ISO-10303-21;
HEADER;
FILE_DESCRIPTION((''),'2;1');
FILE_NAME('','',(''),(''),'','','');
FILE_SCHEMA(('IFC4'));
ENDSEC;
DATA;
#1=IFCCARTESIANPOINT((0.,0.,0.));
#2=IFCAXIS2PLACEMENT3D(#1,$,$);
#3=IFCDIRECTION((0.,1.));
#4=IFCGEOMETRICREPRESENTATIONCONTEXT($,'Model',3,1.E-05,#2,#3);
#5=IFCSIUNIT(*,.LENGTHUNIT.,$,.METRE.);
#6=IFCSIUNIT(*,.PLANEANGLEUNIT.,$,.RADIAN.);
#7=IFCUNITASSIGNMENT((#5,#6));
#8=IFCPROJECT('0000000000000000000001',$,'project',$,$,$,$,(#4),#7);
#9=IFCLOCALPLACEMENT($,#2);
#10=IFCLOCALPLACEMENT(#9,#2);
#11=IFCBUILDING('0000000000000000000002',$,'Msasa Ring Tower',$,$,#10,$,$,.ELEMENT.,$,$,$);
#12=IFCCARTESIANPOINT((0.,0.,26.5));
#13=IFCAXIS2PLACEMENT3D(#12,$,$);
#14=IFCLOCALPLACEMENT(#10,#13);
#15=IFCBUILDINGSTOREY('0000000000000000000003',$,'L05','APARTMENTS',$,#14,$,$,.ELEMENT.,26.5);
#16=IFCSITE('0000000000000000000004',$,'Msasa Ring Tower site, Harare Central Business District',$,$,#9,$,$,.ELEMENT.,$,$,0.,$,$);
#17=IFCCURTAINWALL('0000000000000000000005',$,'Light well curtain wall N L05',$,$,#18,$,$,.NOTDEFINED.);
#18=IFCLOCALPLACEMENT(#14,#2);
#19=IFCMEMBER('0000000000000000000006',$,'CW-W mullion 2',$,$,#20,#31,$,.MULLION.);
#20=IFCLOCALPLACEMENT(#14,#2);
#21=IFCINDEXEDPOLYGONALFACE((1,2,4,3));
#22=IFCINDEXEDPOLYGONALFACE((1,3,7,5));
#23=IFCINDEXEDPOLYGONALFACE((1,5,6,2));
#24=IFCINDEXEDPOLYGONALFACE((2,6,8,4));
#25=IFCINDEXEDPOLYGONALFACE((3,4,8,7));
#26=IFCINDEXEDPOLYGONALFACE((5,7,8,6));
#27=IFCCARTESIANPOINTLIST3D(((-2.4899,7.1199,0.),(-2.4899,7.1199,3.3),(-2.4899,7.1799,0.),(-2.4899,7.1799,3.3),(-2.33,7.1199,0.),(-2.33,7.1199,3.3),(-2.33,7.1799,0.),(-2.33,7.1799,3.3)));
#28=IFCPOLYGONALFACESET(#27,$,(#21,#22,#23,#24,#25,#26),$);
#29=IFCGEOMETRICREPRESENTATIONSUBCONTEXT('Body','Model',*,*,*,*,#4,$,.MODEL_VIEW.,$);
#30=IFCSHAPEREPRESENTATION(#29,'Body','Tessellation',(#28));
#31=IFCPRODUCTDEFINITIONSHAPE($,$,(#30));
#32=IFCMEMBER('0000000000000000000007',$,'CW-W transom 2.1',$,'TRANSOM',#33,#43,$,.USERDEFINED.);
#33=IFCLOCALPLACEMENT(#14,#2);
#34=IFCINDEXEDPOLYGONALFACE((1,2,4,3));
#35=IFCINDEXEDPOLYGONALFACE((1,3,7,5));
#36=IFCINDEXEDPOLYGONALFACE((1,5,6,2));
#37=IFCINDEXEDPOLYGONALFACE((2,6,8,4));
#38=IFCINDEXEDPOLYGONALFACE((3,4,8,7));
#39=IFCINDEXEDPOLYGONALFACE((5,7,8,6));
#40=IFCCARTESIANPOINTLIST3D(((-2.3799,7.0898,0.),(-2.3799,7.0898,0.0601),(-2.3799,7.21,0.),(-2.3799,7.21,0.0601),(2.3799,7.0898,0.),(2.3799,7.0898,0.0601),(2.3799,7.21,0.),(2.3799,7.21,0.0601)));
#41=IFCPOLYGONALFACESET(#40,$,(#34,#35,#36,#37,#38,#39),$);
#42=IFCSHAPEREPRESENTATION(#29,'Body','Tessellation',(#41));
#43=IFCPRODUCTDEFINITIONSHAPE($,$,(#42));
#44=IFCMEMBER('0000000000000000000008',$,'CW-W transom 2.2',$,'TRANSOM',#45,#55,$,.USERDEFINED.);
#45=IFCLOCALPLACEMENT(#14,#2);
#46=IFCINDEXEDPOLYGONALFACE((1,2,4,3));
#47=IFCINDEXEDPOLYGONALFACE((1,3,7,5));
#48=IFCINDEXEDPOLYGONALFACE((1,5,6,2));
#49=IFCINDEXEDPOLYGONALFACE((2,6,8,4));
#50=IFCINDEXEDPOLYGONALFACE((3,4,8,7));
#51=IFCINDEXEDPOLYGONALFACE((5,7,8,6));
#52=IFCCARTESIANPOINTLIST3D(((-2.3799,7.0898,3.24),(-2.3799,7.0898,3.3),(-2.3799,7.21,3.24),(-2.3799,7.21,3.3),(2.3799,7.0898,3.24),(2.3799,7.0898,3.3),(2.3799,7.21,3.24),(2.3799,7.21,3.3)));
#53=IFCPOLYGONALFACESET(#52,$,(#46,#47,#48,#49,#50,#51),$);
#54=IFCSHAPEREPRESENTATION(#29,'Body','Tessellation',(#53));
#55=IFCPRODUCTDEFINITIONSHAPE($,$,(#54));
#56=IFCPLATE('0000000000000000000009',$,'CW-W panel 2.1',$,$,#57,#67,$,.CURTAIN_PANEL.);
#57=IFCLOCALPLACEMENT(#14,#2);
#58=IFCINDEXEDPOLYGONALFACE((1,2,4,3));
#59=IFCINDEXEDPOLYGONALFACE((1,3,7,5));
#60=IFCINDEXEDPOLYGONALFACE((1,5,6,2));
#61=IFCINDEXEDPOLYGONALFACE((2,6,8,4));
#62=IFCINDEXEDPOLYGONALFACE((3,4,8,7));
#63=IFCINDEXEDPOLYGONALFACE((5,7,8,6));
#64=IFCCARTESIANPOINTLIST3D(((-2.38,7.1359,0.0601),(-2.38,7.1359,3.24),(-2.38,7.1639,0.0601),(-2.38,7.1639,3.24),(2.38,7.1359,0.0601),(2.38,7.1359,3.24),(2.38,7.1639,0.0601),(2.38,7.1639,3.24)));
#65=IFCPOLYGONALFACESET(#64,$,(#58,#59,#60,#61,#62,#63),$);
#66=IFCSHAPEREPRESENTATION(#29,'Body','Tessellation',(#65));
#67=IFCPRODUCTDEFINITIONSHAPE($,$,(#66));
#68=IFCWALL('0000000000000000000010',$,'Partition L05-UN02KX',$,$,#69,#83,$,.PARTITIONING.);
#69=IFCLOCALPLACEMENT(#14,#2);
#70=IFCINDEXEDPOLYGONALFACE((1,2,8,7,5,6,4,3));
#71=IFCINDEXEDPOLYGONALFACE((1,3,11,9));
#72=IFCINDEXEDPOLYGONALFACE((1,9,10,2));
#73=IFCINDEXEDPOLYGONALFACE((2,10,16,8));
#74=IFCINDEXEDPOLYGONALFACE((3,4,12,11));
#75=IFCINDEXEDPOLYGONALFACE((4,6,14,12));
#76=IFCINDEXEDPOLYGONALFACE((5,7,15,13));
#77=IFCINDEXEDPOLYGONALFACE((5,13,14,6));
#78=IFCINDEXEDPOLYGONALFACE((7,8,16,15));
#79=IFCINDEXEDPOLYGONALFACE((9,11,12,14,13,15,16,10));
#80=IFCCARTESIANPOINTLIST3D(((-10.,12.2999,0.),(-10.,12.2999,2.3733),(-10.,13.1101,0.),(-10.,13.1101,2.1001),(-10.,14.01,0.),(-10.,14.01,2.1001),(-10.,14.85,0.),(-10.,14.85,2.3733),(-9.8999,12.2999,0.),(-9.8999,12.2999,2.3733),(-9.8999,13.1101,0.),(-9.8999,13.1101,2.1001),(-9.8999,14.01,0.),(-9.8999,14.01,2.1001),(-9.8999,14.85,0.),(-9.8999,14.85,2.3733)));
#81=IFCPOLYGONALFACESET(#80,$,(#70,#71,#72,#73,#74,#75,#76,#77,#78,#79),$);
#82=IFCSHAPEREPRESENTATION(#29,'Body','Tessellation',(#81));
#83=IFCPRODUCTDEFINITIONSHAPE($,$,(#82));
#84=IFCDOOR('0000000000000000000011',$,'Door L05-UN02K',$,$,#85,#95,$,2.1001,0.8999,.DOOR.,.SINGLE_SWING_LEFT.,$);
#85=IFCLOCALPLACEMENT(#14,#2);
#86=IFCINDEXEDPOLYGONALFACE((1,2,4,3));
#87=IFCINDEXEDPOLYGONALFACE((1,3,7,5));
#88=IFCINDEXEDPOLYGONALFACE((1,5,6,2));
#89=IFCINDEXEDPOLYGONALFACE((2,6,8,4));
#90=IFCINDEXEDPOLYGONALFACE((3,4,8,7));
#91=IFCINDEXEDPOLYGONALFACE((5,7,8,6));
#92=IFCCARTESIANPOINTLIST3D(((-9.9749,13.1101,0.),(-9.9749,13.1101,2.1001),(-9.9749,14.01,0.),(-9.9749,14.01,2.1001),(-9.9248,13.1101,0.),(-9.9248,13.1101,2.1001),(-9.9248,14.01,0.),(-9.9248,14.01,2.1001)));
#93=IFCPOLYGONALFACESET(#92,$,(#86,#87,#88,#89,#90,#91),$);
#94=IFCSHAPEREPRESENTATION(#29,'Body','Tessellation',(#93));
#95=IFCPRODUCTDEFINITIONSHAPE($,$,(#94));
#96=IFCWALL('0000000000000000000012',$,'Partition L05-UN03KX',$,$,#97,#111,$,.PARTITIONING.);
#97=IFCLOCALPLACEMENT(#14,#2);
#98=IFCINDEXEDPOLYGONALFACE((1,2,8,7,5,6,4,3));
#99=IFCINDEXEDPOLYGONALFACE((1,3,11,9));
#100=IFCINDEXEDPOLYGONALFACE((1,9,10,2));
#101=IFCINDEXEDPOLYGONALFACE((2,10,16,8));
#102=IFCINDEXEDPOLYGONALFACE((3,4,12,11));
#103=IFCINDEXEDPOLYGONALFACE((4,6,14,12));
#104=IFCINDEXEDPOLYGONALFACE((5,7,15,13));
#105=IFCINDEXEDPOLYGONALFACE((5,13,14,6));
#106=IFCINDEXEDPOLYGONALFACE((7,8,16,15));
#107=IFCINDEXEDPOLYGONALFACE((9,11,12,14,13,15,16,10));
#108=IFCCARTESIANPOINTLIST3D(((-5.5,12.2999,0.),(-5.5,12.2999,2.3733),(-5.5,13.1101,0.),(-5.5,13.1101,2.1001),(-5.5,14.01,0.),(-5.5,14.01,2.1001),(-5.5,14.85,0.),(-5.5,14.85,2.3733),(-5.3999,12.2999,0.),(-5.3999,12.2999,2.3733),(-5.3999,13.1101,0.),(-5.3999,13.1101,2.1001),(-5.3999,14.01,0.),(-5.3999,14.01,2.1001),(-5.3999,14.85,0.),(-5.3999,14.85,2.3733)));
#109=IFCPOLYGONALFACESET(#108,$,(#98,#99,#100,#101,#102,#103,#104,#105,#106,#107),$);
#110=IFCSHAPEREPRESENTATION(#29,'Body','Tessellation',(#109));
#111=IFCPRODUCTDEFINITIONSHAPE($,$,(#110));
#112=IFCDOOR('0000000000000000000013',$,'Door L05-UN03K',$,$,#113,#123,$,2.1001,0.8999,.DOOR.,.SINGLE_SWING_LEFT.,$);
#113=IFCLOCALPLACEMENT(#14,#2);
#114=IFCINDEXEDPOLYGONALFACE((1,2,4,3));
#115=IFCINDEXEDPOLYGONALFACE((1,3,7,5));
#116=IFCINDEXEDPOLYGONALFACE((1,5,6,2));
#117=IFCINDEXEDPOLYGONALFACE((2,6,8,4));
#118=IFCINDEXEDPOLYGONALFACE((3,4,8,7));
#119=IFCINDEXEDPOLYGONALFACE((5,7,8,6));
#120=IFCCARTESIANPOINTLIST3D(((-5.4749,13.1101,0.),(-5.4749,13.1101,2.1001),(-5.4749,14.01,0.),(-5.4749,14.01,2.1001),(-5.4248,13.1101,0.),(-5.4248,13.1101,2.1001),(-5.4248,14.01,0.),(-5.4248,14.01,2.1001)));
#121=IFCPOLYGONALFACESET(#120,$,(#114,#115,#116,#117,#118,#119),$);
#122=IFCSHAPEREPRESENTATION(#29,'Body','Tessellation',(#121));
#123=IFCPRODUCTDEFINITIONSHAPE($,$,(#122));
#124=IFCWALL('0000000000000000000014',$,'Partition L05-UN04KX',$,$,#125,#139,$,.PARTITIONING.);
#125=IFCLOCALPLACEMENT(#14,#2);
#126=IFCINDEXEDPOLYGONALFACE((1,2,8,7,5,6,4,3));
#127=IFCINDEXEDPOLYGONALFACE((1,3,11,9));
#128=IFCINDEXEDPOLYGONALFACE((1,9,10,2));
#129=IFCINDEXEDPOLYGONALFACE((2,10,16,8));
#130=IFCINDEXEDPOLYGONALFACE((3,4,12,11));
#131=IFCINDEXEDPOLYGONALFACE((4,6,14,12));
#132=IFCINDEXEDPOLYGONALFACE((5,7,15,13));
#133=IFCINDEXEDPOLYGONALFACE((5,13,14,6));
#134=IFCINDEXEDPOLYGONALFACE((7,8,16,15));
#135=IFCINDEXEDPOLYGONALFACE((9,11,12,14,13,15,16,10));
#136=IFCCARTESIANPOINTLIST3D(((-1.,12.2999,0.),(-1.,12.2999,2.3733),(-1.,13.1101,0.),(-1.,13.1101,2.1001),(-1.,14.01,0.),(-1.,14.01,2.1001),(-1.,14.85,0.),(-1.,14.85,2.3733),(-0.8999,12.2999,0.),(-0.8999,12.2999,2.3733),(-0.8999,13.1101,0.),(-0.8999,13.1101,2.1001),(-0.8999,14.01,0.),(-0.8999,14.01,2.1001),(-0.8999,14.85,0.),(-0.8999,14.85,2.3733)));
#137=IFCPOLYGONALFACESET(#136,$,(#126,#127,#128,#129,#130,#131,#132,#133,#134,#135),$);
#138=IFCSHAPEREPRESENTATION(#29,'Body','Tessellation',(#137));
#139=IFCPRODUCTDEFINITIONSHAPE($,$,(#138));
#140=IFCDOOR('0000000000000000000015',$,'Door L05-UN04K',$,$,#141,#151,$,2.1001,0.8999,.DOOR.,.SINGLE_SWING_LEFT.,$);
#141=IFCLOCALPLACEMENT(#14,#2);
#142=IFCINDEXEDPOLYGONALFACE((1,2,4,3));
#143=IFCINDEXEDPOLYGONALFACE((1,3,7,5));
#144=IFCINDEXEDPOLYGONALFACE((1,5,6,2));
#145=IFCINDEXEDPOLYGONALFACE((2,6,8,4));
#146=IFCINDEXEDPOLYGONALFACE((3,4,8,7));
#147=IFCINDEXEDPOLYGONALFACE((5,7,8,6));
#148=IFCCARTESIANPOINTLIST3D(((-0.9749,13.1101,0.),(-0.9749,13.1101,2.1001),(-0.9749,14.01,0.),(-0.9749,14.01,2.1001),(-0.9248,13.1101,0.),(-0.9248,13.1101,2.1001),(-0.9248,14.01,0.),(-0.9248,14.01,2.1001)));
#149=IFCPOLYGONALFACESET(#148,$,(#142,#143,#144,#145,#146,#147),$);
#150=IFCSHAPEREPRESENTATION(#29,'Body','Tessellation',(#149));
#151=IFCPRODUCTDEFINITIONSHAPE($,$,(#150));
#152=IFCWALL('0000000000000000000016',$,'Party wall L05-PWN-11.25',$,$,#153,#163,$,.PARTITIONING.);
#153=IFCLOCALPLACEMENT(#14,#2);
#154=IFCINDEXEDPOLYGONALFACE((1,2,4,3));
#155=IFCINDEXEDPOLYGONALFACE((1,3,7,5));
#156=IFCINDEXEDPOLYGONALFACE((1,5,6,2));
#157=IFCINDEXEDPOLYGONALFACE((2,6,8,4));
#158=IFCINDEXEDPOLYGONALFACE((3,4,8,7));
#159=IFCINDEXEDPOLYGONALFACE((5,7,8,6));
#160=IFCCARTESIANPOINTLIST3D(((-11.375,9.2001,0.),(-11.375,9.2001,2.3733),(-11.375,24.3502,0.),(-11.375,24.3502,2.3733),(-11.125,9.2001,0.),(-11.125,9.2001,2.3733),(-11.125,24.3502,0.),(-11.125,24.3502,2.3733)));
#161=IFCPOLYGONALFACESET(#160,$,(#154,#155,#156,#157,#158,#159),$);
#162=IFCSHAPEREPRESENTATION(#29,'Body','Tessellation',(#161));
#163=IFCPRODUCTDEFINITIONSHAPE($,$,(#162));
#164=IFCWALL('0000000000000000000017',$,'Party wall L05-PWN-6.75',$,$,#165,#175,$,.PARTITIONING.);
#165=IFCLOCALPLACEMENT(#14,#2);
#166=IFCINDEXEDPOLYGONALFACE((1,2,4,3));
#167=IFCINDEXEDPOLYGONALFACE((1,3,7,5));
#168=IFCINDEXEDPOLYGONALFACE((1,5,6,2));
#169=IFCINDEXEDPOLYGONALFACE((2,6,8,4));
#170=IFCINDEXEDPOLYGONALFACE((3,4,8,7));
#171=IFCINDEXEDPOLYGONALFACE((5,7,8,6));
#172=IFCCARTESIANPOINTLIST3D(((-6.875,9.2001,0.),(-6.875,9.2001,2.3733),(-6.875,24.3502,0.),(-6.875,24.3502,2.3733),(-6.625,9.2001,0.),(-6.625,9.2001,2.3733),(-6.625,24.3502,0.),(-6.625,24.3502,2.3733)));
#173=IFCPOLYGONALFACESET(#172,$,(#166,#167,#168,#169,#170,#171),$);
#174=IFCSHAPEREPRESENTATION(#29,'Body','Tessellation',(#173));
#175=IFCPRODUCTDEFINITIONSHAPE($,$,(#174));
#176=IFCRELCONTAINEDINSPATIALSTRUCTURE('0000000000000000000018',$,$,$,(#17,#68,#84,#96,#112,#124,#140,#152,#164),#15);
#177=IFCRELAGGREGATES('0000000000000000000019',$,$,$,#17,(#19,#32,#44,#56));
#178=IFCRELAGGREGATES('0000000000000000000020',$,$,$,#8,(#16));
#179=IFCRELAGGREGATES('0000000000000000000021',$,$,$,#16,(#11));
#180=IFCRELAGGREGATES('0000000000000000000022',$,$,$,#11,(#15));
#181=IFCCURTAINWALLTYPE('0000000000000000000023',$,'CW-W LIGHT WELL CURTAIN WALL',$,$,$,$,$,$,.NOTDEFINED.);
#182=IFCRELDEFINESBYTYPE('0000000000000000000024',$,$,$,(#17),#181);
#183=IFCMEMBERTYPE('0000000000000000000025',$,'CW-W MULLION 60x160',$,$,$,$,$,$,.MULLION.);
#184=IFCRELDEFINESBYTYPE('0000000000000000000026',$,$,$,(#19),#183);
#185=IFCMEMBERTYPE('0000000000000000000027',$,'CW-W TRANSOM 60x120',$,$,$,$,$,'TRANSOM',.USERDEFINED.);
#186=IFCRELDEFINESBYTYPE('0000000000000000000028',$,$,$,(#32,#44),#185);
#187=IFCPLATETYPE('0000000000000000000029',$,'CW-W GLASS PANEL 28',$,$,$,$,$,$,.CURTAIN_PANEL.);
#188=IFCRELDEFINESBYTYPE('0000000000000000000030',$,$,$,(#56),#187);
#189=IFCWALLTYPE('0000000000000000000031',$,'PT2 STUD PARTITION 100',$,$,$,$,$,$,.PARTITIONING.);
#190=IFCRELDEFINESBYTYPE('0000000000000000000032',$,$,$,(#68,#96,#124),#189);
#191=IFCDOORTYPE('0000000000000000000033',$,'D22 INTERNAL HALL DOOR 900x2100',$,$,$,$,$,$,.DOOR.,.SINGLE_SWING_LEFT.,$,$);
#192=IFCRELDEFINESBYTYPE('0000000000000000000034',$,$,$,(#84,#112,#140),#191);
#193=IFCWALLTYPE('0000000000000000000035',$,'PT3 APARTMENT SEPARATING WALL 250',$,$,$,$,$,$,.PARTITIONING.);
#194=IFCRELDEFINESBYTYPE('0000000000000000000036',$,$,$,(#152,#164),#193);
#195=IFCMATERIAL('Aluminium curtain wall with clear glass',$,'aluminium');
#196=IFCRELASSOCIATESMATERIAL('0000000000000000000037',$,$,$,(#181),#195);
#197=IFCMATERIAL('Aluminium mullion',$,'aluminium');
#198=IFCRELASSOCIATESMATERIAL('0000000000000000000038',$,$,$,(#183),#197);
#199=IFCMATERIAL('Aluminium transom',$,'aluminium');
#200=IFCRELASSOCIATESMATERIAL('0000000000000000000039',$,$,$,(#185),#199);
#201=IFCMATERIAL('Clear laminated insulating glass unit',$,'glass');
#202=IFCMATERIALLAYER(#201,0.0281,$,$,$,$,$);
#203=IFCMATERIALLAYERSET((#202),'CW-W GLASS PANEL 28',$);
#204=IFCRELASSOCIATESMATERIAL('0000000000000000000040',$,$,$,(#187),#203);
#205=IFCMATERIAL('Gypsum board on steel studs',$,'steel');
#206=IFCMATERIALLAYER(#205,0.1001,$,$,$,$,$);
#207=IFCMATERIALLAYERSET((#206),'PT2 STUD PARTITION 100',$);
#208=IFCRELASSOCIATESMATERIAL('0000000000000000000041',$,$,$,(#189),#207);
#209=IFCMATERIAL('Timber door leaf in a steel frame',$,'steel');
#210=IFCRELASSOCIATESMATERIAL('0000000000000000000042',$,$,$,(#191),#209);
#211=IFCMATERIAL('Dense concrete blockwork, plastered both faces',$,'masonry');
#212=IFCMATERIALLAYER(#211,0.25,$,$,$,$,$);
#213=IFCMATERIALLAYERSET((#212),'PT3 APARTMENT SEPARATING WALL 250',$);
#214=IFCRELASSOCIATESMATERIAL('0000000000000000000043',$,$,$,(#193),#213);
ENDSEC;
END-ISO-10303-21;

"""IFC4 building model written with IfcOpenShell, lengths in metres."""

from ifc_helpers import new_model, si_unit, direction, frame, frame_2d, origin, origin_2d, place, context, subcontext, project, spatial, rectangle, extrude, material, layer, layer_set, material_profile, profile_set, type_object, element, fill, aggregate, save


model = new_model("IFC4")

# Units and contexts
model_context = context("Model", 3, precision=1e-05, world=origin(), true_north=direction((0.0, 1.0)))
body_context = subcontext(model_context, "Body", "Model", "MODEL_VIEW")
ifc_project = project(units=[si_unit("LENGTHUNIT", "METRE"), si_unit("PLANEANGLEUNIT", "RADIAN")], contexts=[model_context])

# Site, building, storey
site_placement = place(None, origin())
site = spatial("IfcSite", under=ifc_project, at=site_placement, Name="Msasa Ring Tower site, Harare Central Business District", CompositionType="ELEMENT", RefElevation=0.0)
building_placement = place(site_placement, origin())
building = spatial("IfcBuilding", under=site, at=building_placement, Name="Msasa Ring Tower", CompositionType="ELEMENT")
storey_placement = place(building_placement, frame((0.0, 0.0, 26.5)))
storey = spatial("IfcBuildingStorey", under=building, at=storey_placement, Name="L05", Description="APARTMENTS", CompositionType="ELEMENT", Elevation=26.5)

# Curtain wall, members, plate
ifc_material_1 = material(Name="Aluminium curtain wall with clear glass", Category="aluminium")
curtain_wall_type = type_object("IfcCurtainWallType", Name="CW-W LIGHT WELL CURTAIN WALL", PredefinedType="NOTDEFINED", material=ifc_material_1)
curtain_wall_placement = place(storey_placement, origin())
curtain_wall = element("IfcCurtainWall", 1, at=curtain_wall_placement, inside=storey, type_object=curtain_wall_type, Name="Light well curtain wall N L05", PredefinedType="NOTDEFINED")
ifc_material_2 = material(Name="Aluminium mullion", Category="aluminium")
ifc_material_profile_1 = material_profile(ifc_material_2, rectangle(XDim=0.0601, YDim=0.1599, at=origin_2d()), Name="AL 60x160")
ifc_profile_set_1 = profile_set([ifc_material_profile_1], Name="Aluminium mullion")
member_type_1 = type_object("IfcMemberType", Name="CW-W MULLION 60x160", PredefinedType="MULLION", material=ifc_profile_set_1)
member_1_placement = place(storey_placement, frame((-2.4099, 7.1499, 0.0), z_axis=(0.0, 0.0, 1.0), x_axis=(0.0, 1.0, 0.0)))
member_1 = element("IfcMember", 2, at=member_1_placement, type_object=member_type_1, Name="CW-W mullion 2", PredefinedType="MULLION", context=body_context, shape_type="SweptSolid", body=[
    extrude(rectangle(XDim=0.0601, YDim=0.1599, at=origin_2d()), origin(), (0.0, 0.0, 1.0), 3.3),
])
ifc_material_3 = material(Name="Aluminium transom", Category="aluminium")
ifc_material_profile_2 = material_profile(ifc_material_3, rectangle(XDim=0.1201, YDim=0.0601, at=origin_2d()), Name="AL 60x120")
ifc_profile_set_2 = profile_set([ifc_material_profile_2], Name="Aluminium transom")
member_type_2 = type_object("IfcMemberType", Name="CW-W TRANSOM 60x120", ElementType="TRANSOM", PredefinedType="USERDEFINED", material=ifc_profile_set_2)
member_2_placement = place(storey_placement, frame((-2.3799, 7.1499, 0.03), z_axis=(1.0, 0.0, 0.0), x_axis=(0.0, 1.0, 0.0)))
member_2 = element("IfcMember", 3, at=member_2_placement, type_object=member_type_2, Name="CW-W transom 2.1", ObjectType="TRANSOM", PredefinedType="USERDEFINED", context=body_context, shape_type="SweptSolid", body=[
    extrude(rectangle(XDim=0.1201, YDim=0.0601, at=origin_2d()), origin(), (0.0, 0.0, 1.0), 4.7598),
])
member_3_placement = place(storey_placement, frame((-2.3799, 7.1499, 3.27), z_axis=(1.0, 0.0, 0.0), x_axis=(0.0, 1.0, 0.0)))
member_3 = element("IfcMember", 4, at=member_3_placement, type_object=member_type_2, Name="CW-W transom 2.2", ObjectType="TRANSOM", PredefinedType="USERDEFINED", context=body_context, shape_type="SweptSolid", body=[
    extrude(rectangle(XDim=0.1201, YDim=0.0601, at=origin_2d()), origin(), (0.0, 0.0, 1.0), 4.7598),
])
ifc_material_4 = material(Name="Clear laminated insulating glass unit", Category="glass")
ifc_layer_1 = layer(ifc_material_4, 0.0281)
ifc_layer_set_1 = layer_set([ifc_layer_1], Name="CW-W GLASS PANEL 28")
plate_type = type_object("IfcPlateType", Name="CW-W GLASS PANEL 28", PredefinedType="CURTAIN_PANEL", material=ifc_layer_set_1)
plate_placement = place(storey_placement, frame((0.0, 7.1499, 0.0601), z_axis=(0.0, 0.0, 1.0), x_axis=(1.0, 0.0, 0.0)))
plate = element("IfcPlate", 5, at=plate_placement, type_object=plate_type, Name="CW-W panel 2.1", PredefinedType="CURTAIN_PANEL", context=body_context, shape_type="SweptSolid", body=[
    extrude(rectangle(XDim=4.76, YDim=0.0281, at=origin_2d()), origin(), (0.0, 0.0, 1.0), 3.1799),
])
aggregate(curtain_wall, [member_1, member_2, member_3, plate])

# Walls, openings, doors
ifc_material_5 = material(Name="Gypsum board on steel studs", Category="steel")
ifc_layer_2 = layer(ifc_material_5, 0.1001)
ifc_layer_set_2 = layer_set([ifc_layer_2], Name="PT2 STUD PARTITION 100")
wall_type_1 = type_object("IfcWallType", Name="PT2 STUD PARTITION 100", PredefinedType="PARTITIONING", material=ifc_layer_set_2)
wall_1_placement = place(storey_placement, frame((-9.95, 12.3, 0.0), z_axis=(0.0, 0.0, 1.0), x_axis=(0.0, 1.0, 0.0)))
wall_1 = element("IfcWall", 6, at=wall_1_placement, inside=storey, type_object=wall_type_1, Name="Partition L05-UN02KX", PredefinedType="PARTITIONING", context=body_context, shape_type="SweptSolid", body=[
    extrude(rectangle(XDim=2.55, YDim=0.1001, at=frame_2d((1.2749, 0.0))), origin(), (0.0, 0.0, 1.0), 2.3733),
])
opening_1_placement = place(wall_1_placement, frame((0.8101, 0.0, 0.0)))
opening_1 = element("IfcOpeningElement", 7, at=opening_1_placement, cuts=wall_1, PredefinedType="OPENING", context=body_context, shape_type="SweptSolid", body=[
    extrude(rectangle(XDim=0.8999, YDim=2.1001, at=frame_2d((0.45, 1.05))), frame((0.0, 0.0601, 0.0), z_axis=(0.0, -1.0, 0.0), x_axis=(1.0, 0.0, 0.0)), (0.0, 0.0, 1.0), 0.1201),
])
ifc_material_6 = material(Name="Timber door leaf in a steel frame", Category="steel")
door_type_1 = type_object("IfcDoorType", Name="D22 INTERNAL HALL DOOR 900x2100", OperationType="SINGLE_SWING_LEFT", PredefinedType="DOOR", material=ifc_material_6)
door_1_placement = place(opening_1_placement, origin())
door_1 = element("IfcDoor", 8, at=door_1_placement, inside=storey, type_object=door_type_1, Name="Door L05-UN02K", OperationType="SINGLE_SWING_LEFT", OverallHeight=2.1001, OverallWidth=0.8999, PredefinedType="DOOR", context=body_context, shape_type="SweptSolid", body=[
    extrude(rectangle(XDim=0.8999, YDim=2.1001, at=frame_2d((0.45, 1.05))), frame((0.0, 0.0249, 0.0), z_axis=(0.0, -1.0, 0.0), x_axis=(1.0, 0.0, 0.0)), (0.0, 0.0, 1.0), 0.05),
])
fill(opening_1, door_1)
wall_2_placement = place(storey_placement, frame((-5.45, 12.3, 0.0), z_axis=(0.0, 0.0, 1.0), x_axis=(0.0, 1.0, 0.0)))
wall_2 = element("IfcWall", 9, at=wall_2_placement, inside=storey, type_object=wall_type_1, Name="Partition L05-UN03KX", PredefinedType="PARTITIONING", context=body_context, shape_type="SweptSolid", body=[
    extrude(rectangle(XDim=2.55, YDim=0.1001, at=frame_2d((1.2749, 0.0))), origin(), (0.0, 0.0, 1.0), 2.3733),
])
opening_2_placement = place(wall_2_placement, frame((0.8101, 0.0, 0.0)))
opening_2 = element("IfcOpeningElement", 10, at=opening_2_placement, cuts=wall_2, PredefinedType="OPENING", context=body_context, shape_type="SweptSolid", body=[
    extrude(rectangle(XDim=0.8999, YDim=2.1001, at=frame_2d((0.45, 1.05))), frame((0.0, 0.0601, 0.0), z_axis=(0.0, -1.0, 0.0), x_axis=(1.0, 0.0, 0.0)), (0.0, 0.0, 1.0), 0.1201),
])
door_2_placement = place(opening_2_placement, origin())
door_2 = element("IfcDoor", 11, at=door_2_placement, inside=storey, type_object=door_type_1, Name="Door L05-UN03K", OperationType="SINGLE_SWING_LEFT", OverallHeight=2.1001, OverallWidth=0.8999, PredefinedType="DOOR", context=body_context, shape_type="SweptSolid", body=[
    extrude(rectangle(XDim=0.8999, YDim=2.1001, at=frame_2d((0.45, 1.05))), frame((0.0, 0.0249, 0.0), z_axis=(0.0, -1.0, 0.0), x_axis=(1.0, 0.0, 0.0)), (0.0, 0.0, 1.0), 0.05),
])
fill(opening_2, door_2)
wall_3_placement = place(storey_placement, frame((-0.95, 12.3, 0.0), z_axis=(0.0, 0.0, 1.0), x_axis=(0.0, 1.0, 0.0)))
wall_3 = element("IfcWall", 12, at=wall_3_placement, inside=storey, type_object=wall_type_1, Name="Partition L05-UN04KX", PredefinedType="PARTITIONING", context=body_context, shape_type="SweptSolid", body=[
    extrude(rectangle(XDim=2.55, YDim=0.1001, at=frame_2d((1.2749, 0.0))), origin(), (0.0, 0.0, 1.0), 2.3733),
])
opening_3_placement = place(wall_3_placement, frame((0.8101, 0.0, 0.0)))
opening_3 = element("IfcOpeningElement", 13, at=opening_3_placement, cuts=wall_3, PredefinedType="OPENING", context=body_context, shape_type="SweptSolid", body=[
    extrude(rectangle(XDim=0.8999, YDim=2.1001, at=frame_2d((0.45, 1.05))), frame((0.0, 0.0601, 0.0), z_axis=(0.0, -1.0, 0.0), x_axis=(1.0, 0.0, 0.0)), (0.0, 0.0, 1.0), 0.1201),
])
door_3_placement = place(opening_3_placement, origin())
door_3 = element("IfcDoor", 14, at=door_3_placement, inside=storey, type_object=door_type_1, Name="Door L05-UN04K", OperationType="SINGLE_SWING_LEFT", OverallHeight=2.1001, OverallWidth=0.8999, PredefinedType="DOOR", context=body_context, shape_type="SweptSolid", body=[
    extrude(rectangle(XDim=0.8999, YDim=2.1001, at=frame_2d((0.45, 1.05))), frame((0.0, 0.0249, 0.0), z_axis=(0.0, -1.0, 0.0), x_axis=(1.0, 0.0, 0.0)), (0.0, 0.0, 1.0), 0.05),
])
fill(opening_3, door_3)

# Walls
ifc_material_7 = material(Name="Dense concrete blockwork, plastered both faces", Category="masonry")
ifc_layer_3 = layer(ifc_material_7, 0.25)
ifc_layer_set_3 = layer_set([ifc_layer_3], Name="PT3 APARTMENT SEPARATING WALL 250")
wall_type_2 = type_object("IfcWallType", Name="PT3 APARTMENT SEPARATING WALL 250", PredefinedType="PARTITIONING", material=ifc_layer_set_3)
for number, where, z_axis, x_axis, name in (
    (15, (-11.25, 9.2, 0.0), (0.0, 0.0, 1.0), (0.0, 1.0, 0.0), "Party wall L05-PWN-11.25"),
    (16, (-6.75, 9.2, 0.0), (0.0, 0.0, 1.0), (0.0, 1.0, 0.0), "Party wall L05-PWN-6.75"),
):
    element("IfcWall", number, at=place(storey_placement, frame(where, z_axis=z_axis, x_axis=x_axis)), inside=storey, type_object=wall_type_2, Name=name, PredefinedType="PARTITIONING", context=body_context, shape_type="SweptSolid", body=[
        extrude(rectangle(XDim=15.1501, YDim=0.25, at=frame_2d((7.5752, 0.0))), origin(), (0.0, 0.0, 1.0), 2.3733),
    ])

save(model, "model.ifc")
